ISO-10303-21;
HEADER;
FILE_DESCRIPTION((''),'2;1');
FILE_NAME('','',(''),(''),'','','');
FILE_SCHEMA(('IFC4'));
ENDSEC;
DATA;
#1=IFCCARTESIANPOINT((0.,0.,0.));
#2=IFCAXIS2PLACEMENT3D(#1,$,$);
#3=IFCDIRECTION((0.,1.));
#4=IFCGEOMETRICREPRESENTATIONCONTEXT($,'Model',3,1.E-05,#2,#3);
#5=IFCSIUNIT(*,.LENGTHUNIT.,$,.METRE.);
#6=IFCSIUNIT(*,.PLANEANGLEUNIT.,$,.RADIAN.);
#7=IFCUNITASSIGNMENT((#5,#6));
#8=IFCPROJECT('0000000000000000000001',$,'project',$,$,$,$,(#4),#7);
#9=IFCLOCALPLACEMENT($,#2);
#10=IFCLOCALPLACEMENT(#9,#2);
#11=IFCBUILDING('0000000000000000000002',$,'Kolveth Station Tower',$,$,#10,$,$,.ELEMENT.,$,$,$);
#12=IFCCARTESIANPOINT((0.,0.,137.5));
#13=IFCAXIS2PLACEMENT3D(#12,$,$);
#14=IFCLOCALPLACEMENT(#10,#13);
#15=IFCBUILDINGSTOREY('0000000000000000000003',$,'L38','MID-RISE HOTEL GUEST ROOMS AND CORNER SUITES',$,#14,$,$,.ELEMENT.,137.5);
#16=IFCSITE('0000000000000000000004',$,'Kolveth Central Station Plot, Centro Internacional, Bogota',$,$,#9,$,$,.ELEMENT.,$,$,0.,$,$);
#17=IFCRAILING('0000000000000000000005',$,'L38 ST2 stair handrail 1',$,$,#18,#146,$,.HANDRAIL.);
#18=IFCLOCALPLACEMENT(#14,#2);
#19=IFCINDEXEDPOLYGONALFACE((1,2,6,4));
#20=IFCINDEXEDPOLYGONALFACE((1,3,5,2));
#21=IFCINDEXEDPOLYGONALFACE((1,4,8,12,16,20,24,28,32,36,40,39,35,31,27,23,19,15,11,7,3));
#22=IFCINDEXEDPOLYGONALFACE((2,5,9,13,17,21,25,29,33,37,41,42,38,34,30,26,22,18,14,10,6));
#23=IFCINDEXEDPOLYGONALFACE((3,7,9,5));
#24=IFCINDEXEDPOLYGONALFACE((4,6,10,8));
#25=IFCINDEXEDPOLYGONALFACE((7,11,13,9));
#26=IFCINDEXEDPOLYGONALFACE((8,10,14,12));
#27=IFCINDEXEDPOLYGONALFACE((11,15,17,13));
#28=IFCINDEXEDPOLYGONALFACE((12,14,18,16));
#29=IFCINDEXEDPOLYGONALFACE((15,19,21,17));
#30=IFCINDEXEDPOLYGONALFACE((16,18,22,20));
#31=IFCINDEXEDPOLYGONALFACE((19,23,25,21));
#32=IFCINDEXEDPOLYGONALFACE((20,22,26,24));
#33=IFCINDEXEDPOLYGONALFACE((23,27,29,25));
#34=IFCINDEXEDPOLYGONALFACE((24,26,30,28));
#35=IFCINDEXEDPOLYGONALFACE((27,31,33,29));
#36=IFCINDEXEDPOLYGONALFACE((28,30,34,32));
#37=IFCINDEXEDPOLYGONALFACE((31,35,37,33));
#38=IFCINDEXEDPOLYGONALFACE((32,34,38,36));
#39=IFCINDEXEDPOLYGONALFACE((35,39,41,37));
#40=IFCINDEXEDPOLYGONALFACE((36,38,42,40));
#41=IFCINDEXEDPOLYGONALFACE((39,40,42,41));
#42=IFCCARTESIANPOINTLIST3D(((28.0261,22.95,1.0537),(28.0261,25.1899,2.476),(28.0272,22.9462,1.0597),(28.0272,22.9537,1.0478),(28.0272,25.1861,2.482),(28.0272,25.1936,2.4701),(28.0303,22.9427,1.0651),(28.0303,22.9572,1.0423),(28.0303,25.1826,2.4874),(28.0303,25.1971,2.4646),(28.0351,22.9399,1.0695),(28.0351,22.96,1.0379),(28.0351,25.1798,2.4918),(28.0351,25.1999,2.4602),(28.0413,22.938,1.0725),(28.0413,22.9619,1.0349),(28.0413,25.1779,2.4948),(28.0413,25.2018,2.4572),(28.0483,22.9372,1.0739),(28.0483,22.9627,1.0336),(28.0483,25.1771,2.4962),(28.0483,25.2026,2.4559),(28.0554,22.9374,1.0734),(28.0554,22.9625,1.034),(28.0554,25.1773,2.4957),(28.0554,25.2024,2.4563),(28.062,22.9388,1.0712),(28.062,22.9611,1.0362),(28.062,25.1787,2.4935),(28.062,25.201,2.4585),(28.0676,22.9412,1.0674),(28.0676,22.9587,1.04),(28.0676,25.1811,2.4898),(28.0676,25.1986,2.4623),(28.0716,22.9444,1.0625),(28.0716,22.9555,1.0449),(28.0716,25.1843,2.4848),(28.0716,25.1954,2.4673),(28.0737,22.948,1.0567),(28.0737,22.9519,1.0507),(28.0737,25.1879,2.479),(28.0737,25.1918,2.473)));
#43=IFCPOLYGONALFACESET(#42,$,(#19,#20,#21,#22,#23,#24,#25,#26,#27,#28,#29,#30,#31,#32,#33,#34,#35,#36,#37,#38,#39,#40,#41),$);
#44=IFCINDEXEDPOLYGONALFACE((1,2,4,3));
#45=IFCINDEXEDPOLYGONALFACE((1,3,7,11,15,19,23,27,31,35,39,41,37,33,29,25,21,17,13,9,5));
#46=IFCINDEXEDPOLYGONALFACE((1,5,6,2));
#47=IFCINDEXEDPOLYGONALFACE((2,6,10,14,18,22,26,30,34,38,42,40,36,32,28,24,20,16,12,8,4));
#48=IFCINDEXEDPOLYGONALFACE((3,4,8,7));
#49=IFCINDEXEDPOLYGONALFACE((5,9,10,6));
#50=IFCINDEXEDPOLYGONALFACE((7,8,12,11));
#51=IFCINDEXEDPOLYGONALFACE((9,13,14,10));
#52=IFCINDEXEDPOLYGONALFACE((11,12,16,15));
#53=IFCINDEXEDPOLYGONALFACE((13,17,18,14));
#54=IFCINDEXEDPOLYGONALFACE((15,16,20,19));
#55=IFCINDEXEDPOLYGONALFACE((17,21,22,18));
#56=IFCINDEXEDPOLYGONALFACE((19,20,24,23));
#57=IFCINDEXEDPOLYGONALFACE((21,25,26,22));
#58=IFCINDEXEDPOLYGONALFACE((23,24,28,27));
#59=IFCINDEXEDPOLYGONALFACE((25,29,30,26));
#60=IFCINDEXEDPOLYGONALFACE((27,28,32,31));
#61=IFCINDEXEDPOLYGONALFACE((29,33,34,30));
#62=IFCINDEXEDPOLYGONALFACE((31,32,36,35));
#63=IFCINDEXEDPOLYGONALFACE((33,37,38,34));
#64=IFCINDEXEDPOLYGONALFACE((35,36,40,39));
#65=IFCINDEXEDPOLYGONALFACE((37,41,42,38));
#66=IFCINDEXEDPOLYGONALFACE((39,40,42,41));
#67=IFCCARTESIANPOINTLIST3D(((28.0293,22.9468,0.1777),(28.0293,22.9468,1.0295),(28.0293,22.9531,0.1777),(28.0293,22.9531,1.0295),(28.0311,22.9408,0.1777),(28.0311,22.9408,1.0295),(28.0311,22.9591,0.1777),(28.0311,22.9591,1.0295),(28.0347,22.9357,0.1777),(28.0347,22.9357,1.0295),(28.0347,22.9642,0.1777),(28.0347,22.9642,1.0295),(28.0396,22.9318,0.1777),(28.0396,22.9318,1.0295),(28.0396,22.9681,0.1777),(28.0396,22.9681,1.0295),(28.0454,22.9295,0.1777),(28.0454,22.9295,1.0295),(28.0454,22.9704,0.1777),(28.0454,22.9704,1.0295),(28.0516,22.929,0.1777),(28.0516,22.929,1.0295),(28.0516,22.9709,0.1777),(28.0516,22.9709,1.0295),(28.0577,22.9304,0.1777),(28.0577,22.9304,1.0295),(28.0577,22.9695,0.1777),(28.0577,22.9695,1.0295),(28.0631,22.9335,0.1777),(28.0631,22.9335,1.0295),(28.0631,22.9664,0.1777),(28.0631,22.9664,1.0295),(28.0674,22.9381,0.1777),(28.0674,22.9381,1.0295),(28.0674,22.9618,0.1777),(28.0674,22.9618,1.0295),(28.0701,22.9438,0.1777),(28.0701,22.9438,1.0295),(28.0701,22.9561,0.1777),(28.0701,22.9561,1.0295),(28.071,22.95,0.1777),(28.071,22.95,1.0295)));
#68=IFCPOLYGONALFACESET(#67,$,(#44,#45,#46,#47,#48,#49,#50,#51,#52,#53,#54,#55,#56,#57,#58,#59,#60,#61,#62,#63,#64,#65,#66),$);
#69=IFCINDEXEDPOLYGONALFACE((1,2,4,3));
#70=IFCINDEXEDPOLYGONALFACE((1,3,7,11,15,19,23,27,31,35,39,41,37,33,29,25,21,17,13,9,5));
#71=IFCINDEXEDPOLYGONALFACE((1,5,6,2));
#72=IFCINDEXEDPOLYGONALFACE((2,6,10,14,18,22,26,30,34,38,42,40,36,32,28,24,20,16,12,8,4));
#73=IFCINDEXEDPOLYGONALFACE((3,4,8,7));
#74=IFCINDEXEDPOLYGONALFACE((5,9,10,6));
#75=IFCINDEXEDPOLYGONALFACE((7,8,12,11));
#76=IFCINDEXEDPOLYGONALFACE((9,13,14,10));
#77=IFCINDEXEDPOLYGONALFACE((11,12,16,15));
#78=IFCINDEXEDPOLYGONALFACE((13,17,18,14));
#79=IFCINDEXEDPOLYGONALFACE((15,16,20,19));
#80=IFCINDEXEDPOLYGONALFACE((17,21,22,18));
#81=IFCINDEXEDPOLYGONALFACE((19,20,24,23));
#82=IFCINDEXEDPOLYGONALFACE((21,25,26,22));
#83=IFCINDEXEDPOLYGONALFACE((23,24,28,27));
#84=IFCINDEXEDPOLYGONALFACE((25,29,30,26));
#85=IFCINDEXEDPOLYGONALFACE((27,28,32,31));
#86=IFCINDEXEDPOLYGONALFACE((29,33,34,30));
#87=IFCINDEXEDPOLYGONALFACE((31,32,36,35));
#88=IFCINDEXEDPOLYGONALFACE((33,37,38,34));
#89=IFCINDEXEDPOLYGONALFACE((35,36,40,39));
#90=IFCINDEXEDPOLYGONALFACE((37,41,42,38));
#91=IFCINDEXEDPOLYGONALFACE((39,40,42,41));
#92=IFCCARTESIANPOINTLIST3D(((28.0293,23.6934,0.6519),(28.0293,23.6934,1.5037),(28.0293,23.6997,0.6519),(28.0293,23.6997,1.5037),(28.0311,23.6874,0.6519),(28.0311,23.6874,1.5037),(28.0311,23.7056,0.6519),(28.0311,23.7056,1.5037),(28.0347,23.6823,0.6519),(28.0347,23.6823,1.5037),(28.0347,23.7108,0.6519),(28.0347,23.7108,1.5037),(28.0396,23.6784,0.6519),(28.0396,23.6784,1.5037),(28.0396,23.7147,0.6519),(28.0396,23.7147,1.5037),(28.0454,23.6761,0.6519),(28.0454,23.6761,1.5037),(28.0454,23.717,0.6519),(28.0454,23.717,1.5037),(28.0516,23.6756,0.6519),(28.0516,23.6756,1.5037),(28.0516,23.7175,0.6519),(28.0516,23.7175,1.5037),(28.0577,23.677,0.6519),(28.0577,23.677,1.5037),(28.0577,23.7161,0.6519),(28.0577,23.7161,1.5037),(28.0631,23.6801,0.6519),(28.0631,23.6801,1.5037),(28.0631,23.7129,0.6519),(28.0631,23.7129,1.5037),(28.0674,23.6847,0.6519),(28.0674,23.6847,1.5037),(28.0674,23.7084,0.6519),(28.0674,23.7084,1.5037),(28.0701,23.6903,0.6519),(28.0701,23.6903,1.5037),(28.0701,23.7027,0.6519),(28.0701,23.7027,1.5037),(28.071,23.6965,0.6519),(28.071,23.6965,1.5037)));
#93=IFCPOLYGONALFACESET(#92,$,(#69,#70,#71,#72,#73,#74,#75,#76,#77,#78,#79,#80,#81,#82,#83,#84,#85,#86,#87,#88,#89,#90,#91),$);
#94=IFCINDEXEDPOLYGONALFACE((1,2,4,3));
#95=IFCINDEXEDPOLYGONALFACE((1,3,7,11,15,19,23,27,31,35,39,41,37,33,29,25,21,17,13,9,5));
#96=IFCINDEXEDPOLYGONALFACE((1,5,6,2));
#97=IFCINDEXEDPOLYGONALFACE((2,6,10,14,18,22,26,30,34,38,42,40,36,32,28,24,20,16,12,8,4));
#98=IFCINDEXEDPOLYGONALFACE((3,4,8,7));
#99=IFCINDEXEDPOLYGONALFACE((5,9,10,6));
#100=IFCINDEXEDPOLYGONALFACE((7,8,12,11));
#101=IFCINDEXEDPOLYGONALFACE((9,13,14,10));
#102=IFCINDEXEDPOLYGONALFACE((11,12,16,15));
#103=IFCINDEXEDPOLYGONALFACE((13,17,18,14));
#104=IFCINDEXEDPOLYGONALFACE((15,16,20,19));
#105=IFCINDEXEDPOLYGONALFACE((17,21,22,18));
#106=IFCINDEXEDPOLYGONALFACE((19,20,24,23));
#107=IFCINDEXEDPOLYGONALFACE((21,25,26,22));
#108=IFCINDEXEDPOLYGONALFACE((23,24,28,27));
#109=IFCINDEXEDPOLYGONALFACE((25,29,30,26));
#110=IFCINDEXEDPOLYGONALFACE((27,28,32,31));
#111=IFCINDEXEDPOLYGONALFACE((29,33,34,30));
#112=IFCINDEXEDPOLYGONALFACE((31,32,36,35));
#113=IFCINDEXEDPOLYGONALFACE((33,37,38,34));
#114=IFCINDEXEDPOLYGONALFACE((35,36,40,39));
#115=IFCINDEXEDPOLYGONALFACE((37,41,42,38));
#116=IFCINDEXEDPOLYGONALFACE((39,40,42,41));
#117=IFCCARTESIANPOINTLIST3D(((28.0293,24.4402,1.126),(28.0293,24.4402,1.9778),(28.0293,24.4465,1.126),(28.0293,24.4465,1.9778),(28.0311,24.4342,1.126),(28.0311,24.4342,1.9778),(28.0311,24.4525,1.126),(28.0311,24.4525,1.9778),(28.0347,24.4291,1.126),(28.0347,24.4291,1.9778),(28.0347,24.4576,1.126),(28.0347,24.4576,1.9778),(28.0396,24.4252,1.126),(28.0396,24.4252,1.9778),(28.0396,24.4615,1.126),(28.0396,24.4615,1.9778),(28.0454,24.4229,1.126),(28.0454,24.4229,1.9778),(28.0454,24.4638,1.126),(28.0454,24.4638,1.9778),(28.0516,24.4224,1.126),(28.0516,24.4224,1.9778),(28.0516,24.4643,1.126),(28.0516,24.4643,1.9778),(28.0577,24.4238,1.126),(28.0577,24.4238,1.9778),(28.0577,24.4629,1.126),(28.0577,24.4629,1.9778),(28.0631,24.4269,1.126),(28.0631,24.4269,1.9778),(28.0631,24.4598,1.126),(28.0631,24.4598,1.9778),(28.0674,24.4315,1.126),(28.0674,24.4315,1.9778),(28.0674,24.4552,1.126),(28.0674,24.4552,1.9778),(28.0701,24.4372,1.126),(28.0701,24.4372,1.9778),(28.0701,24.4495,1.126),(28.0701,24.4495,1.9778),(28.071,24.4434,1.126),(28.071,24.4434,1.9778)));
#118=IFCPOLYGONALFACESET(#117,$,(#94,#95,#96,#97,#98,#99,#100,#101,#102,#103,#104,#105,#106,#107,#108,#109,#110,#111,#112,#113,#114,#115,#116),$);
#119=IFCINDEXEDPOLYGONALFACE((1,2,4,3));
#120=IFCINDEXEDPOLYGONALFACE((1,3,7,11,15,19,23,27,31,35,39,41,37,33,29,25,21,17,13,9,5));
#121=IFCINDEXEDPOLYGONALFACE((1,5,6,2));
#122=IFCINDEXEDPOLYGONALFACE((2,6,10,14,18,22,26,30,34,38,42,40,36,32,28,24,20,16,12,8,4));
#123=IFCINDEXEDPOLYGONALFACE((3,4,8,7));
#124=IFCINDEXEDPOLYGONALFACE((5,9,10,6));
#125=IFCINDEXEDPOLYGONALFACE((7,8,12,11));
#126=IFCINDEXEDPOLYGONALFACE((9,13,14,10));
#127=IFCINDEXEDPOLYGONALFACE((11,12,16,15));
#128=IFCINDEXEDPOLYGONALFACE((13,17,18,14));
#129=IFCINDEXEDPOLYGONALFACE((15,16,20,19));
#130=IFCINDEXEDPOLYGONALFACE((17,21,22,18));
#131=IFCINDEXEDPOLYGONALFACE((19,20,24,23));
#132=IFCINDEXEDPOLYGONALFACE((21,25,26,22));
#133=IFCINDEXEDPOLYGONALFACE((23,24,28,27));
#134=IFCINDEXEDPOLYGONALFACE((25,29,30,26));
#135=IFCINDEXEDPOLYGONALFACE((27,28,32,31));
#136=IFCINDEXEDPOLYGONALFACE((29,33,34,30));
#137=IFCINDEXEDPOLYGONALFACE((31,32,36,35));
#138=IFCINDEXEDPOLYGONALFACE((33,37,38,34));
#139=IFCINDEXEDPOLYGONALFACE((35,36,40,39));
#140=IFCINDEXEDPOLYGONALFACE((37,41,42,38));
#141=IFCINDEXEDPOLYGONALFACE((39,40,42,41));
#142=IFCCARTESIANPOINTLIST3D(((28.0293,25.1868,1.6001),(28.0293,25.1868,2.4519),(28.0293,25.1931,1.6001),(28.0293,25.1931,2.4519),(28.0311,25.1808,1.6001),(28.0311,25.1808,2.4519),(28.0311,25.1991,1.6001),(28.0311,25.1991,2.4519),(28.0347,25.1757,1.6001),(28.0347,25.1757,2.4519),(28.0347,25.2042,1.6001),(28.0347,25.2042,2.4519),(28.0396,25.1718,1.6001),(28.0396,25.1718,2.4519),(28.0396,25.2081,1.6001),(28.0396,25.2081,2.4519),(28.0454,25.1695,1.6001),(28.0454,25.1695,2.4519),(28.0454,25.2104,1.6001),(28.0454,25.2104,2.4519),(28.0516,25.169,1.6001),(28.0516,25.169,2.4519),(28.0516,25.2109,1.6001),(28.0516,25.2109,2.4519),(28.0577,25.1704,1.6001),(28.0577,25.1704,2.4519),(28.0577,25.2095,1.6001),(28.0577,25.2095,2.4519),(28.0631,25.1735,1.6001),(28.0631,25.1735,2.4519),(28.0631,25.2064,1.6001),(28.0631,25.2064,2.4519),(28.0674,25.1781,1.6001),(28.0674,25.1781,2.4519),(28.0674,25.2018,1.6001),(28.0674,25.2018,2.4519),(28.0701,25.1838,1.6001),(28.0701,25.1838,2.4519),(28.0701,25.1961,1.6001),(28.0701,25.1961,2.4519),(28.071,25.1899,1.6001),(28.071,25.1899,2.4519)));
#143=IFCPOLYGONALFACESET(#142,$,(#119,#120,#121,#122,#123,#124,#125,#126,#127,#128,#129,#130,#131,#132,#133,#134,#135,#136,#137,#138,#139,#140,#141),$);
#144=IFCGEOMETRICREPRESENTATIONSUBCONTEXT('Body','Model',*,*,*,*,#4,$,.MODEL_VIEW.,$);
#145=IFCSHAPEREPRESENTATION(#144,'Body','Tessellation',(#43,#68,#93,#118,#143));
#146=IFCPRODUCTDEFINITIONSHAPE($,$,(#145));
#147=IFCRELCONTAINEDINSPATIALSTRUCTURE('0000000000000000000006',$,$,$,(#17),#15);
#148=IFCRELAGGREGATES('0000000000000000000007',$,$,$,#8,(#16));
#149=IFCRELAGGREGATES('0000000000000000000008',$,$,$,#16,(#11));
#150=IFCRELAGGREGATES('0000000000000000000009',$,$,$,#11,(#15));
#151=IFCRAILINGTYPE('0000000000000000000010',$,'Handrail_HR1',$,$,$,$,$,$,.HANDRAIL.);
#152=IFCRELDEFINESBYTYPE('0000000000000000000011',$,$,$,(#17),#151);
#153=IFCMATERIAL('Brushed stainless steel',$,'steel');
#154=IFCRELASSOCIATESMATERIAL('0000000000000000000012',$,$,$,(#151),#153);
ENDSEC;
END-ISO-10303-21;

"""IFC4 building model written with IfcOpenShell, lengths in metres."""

from ifc_helpers import new_model, si_unit, direction, frame, origin, origin_2d, place, context, subcontext, project, spatial, circle, extrude, material, type_object, element, save


model = new_model("IFC4")

# Units and contexts
model_context = context("Model", 3, precision=1e-05, world=origin(), true_north=direction((0.0, 1.0)))
body_context = subcontext(model_context, "Body", "Model", "MODEL_VIEW")
ifc_project = project(units=[si_unit("LENGTHUNIT", "METRE"), si_unit("PLANEANGLEUNIT", "RADIAN")], contexts=[model_context])

# Site, building, storey
site_placement = place(None, origin())
site = spatial("IfcSite", under=ifc_project, at=site_placement, Name="Kolveth Central Station Plot, Centro Internacional, Bogota", CompositionType="ELEMENT", RefElevation=0.0)
building_placement = place(site_placement, origin())
building = spatial("IfcBuilding", under=site, at=building_placement, Name="Kolveth Station Tower", CompositionType="ELEMENT")
storey_placement = place(building_placement, frame((0.0, 0.0, 137.5)))
storey = spatial("IfcBuildingStorey", under=building, at=storey_placement, Name="L38", Description="MID-RISE HOTEL GUEST ROOMS AND CORNER SUITES", CompositionType="ELEMENT", Elevation=137.5)

# Railing
ifc_material_1 = material(Name="Brushed stainless steel", Category="steel")
railing_type_1 = type_object("IfcRailingType", Name="Handrail_HR1", PredefinedType="HANDRAIL", material=ifc_material_1)
railing_1_placement = place(storey_placement, frame((28.05, 22.95, 0.1777)))
element("IfcRailing", 1, at=railing_1_placement, inside=storey, type_object=railing_type_1, Name="L38 ST2 stair handrail 1", PredefinedType="HANDRAIL", context=body_context, shape_type="SweptSolid", body=[
    extrude(circle(Radius=0.0239, at=origin_2d()), frame((0.0, 0.0, 0.876), z_axis=(0.0, 0.844188, 0.536048), x_axis=(-1.0, 0.0, 0.0)), (0.0, 0.0, 1.0), 2.6533),
    extrude(circle(Radius=0.021, at=origin_2d()), origin(), (0.0, 0.0, 1.0), 0.8518),
    extrude(circle(Radius=0.021, at=origin_2d()), frame((0.0, 0.7466, 0.4741)), (0.0, 0.0, 1.0), 0.8518),
    extrude(circle(Radius=0.021, at=origin_2d()), frame((0.0, 1.4934, 0.9482)), (0.0, 0.0, 1.0), 0.8518),
    extrude(circle(Radius=0.021, at=origin_2d()), frame((0.0, 2.24, 1.4224)), (0.0, 0.0, 1.0), 0.8518),
])

save(model, "model.ifc")
